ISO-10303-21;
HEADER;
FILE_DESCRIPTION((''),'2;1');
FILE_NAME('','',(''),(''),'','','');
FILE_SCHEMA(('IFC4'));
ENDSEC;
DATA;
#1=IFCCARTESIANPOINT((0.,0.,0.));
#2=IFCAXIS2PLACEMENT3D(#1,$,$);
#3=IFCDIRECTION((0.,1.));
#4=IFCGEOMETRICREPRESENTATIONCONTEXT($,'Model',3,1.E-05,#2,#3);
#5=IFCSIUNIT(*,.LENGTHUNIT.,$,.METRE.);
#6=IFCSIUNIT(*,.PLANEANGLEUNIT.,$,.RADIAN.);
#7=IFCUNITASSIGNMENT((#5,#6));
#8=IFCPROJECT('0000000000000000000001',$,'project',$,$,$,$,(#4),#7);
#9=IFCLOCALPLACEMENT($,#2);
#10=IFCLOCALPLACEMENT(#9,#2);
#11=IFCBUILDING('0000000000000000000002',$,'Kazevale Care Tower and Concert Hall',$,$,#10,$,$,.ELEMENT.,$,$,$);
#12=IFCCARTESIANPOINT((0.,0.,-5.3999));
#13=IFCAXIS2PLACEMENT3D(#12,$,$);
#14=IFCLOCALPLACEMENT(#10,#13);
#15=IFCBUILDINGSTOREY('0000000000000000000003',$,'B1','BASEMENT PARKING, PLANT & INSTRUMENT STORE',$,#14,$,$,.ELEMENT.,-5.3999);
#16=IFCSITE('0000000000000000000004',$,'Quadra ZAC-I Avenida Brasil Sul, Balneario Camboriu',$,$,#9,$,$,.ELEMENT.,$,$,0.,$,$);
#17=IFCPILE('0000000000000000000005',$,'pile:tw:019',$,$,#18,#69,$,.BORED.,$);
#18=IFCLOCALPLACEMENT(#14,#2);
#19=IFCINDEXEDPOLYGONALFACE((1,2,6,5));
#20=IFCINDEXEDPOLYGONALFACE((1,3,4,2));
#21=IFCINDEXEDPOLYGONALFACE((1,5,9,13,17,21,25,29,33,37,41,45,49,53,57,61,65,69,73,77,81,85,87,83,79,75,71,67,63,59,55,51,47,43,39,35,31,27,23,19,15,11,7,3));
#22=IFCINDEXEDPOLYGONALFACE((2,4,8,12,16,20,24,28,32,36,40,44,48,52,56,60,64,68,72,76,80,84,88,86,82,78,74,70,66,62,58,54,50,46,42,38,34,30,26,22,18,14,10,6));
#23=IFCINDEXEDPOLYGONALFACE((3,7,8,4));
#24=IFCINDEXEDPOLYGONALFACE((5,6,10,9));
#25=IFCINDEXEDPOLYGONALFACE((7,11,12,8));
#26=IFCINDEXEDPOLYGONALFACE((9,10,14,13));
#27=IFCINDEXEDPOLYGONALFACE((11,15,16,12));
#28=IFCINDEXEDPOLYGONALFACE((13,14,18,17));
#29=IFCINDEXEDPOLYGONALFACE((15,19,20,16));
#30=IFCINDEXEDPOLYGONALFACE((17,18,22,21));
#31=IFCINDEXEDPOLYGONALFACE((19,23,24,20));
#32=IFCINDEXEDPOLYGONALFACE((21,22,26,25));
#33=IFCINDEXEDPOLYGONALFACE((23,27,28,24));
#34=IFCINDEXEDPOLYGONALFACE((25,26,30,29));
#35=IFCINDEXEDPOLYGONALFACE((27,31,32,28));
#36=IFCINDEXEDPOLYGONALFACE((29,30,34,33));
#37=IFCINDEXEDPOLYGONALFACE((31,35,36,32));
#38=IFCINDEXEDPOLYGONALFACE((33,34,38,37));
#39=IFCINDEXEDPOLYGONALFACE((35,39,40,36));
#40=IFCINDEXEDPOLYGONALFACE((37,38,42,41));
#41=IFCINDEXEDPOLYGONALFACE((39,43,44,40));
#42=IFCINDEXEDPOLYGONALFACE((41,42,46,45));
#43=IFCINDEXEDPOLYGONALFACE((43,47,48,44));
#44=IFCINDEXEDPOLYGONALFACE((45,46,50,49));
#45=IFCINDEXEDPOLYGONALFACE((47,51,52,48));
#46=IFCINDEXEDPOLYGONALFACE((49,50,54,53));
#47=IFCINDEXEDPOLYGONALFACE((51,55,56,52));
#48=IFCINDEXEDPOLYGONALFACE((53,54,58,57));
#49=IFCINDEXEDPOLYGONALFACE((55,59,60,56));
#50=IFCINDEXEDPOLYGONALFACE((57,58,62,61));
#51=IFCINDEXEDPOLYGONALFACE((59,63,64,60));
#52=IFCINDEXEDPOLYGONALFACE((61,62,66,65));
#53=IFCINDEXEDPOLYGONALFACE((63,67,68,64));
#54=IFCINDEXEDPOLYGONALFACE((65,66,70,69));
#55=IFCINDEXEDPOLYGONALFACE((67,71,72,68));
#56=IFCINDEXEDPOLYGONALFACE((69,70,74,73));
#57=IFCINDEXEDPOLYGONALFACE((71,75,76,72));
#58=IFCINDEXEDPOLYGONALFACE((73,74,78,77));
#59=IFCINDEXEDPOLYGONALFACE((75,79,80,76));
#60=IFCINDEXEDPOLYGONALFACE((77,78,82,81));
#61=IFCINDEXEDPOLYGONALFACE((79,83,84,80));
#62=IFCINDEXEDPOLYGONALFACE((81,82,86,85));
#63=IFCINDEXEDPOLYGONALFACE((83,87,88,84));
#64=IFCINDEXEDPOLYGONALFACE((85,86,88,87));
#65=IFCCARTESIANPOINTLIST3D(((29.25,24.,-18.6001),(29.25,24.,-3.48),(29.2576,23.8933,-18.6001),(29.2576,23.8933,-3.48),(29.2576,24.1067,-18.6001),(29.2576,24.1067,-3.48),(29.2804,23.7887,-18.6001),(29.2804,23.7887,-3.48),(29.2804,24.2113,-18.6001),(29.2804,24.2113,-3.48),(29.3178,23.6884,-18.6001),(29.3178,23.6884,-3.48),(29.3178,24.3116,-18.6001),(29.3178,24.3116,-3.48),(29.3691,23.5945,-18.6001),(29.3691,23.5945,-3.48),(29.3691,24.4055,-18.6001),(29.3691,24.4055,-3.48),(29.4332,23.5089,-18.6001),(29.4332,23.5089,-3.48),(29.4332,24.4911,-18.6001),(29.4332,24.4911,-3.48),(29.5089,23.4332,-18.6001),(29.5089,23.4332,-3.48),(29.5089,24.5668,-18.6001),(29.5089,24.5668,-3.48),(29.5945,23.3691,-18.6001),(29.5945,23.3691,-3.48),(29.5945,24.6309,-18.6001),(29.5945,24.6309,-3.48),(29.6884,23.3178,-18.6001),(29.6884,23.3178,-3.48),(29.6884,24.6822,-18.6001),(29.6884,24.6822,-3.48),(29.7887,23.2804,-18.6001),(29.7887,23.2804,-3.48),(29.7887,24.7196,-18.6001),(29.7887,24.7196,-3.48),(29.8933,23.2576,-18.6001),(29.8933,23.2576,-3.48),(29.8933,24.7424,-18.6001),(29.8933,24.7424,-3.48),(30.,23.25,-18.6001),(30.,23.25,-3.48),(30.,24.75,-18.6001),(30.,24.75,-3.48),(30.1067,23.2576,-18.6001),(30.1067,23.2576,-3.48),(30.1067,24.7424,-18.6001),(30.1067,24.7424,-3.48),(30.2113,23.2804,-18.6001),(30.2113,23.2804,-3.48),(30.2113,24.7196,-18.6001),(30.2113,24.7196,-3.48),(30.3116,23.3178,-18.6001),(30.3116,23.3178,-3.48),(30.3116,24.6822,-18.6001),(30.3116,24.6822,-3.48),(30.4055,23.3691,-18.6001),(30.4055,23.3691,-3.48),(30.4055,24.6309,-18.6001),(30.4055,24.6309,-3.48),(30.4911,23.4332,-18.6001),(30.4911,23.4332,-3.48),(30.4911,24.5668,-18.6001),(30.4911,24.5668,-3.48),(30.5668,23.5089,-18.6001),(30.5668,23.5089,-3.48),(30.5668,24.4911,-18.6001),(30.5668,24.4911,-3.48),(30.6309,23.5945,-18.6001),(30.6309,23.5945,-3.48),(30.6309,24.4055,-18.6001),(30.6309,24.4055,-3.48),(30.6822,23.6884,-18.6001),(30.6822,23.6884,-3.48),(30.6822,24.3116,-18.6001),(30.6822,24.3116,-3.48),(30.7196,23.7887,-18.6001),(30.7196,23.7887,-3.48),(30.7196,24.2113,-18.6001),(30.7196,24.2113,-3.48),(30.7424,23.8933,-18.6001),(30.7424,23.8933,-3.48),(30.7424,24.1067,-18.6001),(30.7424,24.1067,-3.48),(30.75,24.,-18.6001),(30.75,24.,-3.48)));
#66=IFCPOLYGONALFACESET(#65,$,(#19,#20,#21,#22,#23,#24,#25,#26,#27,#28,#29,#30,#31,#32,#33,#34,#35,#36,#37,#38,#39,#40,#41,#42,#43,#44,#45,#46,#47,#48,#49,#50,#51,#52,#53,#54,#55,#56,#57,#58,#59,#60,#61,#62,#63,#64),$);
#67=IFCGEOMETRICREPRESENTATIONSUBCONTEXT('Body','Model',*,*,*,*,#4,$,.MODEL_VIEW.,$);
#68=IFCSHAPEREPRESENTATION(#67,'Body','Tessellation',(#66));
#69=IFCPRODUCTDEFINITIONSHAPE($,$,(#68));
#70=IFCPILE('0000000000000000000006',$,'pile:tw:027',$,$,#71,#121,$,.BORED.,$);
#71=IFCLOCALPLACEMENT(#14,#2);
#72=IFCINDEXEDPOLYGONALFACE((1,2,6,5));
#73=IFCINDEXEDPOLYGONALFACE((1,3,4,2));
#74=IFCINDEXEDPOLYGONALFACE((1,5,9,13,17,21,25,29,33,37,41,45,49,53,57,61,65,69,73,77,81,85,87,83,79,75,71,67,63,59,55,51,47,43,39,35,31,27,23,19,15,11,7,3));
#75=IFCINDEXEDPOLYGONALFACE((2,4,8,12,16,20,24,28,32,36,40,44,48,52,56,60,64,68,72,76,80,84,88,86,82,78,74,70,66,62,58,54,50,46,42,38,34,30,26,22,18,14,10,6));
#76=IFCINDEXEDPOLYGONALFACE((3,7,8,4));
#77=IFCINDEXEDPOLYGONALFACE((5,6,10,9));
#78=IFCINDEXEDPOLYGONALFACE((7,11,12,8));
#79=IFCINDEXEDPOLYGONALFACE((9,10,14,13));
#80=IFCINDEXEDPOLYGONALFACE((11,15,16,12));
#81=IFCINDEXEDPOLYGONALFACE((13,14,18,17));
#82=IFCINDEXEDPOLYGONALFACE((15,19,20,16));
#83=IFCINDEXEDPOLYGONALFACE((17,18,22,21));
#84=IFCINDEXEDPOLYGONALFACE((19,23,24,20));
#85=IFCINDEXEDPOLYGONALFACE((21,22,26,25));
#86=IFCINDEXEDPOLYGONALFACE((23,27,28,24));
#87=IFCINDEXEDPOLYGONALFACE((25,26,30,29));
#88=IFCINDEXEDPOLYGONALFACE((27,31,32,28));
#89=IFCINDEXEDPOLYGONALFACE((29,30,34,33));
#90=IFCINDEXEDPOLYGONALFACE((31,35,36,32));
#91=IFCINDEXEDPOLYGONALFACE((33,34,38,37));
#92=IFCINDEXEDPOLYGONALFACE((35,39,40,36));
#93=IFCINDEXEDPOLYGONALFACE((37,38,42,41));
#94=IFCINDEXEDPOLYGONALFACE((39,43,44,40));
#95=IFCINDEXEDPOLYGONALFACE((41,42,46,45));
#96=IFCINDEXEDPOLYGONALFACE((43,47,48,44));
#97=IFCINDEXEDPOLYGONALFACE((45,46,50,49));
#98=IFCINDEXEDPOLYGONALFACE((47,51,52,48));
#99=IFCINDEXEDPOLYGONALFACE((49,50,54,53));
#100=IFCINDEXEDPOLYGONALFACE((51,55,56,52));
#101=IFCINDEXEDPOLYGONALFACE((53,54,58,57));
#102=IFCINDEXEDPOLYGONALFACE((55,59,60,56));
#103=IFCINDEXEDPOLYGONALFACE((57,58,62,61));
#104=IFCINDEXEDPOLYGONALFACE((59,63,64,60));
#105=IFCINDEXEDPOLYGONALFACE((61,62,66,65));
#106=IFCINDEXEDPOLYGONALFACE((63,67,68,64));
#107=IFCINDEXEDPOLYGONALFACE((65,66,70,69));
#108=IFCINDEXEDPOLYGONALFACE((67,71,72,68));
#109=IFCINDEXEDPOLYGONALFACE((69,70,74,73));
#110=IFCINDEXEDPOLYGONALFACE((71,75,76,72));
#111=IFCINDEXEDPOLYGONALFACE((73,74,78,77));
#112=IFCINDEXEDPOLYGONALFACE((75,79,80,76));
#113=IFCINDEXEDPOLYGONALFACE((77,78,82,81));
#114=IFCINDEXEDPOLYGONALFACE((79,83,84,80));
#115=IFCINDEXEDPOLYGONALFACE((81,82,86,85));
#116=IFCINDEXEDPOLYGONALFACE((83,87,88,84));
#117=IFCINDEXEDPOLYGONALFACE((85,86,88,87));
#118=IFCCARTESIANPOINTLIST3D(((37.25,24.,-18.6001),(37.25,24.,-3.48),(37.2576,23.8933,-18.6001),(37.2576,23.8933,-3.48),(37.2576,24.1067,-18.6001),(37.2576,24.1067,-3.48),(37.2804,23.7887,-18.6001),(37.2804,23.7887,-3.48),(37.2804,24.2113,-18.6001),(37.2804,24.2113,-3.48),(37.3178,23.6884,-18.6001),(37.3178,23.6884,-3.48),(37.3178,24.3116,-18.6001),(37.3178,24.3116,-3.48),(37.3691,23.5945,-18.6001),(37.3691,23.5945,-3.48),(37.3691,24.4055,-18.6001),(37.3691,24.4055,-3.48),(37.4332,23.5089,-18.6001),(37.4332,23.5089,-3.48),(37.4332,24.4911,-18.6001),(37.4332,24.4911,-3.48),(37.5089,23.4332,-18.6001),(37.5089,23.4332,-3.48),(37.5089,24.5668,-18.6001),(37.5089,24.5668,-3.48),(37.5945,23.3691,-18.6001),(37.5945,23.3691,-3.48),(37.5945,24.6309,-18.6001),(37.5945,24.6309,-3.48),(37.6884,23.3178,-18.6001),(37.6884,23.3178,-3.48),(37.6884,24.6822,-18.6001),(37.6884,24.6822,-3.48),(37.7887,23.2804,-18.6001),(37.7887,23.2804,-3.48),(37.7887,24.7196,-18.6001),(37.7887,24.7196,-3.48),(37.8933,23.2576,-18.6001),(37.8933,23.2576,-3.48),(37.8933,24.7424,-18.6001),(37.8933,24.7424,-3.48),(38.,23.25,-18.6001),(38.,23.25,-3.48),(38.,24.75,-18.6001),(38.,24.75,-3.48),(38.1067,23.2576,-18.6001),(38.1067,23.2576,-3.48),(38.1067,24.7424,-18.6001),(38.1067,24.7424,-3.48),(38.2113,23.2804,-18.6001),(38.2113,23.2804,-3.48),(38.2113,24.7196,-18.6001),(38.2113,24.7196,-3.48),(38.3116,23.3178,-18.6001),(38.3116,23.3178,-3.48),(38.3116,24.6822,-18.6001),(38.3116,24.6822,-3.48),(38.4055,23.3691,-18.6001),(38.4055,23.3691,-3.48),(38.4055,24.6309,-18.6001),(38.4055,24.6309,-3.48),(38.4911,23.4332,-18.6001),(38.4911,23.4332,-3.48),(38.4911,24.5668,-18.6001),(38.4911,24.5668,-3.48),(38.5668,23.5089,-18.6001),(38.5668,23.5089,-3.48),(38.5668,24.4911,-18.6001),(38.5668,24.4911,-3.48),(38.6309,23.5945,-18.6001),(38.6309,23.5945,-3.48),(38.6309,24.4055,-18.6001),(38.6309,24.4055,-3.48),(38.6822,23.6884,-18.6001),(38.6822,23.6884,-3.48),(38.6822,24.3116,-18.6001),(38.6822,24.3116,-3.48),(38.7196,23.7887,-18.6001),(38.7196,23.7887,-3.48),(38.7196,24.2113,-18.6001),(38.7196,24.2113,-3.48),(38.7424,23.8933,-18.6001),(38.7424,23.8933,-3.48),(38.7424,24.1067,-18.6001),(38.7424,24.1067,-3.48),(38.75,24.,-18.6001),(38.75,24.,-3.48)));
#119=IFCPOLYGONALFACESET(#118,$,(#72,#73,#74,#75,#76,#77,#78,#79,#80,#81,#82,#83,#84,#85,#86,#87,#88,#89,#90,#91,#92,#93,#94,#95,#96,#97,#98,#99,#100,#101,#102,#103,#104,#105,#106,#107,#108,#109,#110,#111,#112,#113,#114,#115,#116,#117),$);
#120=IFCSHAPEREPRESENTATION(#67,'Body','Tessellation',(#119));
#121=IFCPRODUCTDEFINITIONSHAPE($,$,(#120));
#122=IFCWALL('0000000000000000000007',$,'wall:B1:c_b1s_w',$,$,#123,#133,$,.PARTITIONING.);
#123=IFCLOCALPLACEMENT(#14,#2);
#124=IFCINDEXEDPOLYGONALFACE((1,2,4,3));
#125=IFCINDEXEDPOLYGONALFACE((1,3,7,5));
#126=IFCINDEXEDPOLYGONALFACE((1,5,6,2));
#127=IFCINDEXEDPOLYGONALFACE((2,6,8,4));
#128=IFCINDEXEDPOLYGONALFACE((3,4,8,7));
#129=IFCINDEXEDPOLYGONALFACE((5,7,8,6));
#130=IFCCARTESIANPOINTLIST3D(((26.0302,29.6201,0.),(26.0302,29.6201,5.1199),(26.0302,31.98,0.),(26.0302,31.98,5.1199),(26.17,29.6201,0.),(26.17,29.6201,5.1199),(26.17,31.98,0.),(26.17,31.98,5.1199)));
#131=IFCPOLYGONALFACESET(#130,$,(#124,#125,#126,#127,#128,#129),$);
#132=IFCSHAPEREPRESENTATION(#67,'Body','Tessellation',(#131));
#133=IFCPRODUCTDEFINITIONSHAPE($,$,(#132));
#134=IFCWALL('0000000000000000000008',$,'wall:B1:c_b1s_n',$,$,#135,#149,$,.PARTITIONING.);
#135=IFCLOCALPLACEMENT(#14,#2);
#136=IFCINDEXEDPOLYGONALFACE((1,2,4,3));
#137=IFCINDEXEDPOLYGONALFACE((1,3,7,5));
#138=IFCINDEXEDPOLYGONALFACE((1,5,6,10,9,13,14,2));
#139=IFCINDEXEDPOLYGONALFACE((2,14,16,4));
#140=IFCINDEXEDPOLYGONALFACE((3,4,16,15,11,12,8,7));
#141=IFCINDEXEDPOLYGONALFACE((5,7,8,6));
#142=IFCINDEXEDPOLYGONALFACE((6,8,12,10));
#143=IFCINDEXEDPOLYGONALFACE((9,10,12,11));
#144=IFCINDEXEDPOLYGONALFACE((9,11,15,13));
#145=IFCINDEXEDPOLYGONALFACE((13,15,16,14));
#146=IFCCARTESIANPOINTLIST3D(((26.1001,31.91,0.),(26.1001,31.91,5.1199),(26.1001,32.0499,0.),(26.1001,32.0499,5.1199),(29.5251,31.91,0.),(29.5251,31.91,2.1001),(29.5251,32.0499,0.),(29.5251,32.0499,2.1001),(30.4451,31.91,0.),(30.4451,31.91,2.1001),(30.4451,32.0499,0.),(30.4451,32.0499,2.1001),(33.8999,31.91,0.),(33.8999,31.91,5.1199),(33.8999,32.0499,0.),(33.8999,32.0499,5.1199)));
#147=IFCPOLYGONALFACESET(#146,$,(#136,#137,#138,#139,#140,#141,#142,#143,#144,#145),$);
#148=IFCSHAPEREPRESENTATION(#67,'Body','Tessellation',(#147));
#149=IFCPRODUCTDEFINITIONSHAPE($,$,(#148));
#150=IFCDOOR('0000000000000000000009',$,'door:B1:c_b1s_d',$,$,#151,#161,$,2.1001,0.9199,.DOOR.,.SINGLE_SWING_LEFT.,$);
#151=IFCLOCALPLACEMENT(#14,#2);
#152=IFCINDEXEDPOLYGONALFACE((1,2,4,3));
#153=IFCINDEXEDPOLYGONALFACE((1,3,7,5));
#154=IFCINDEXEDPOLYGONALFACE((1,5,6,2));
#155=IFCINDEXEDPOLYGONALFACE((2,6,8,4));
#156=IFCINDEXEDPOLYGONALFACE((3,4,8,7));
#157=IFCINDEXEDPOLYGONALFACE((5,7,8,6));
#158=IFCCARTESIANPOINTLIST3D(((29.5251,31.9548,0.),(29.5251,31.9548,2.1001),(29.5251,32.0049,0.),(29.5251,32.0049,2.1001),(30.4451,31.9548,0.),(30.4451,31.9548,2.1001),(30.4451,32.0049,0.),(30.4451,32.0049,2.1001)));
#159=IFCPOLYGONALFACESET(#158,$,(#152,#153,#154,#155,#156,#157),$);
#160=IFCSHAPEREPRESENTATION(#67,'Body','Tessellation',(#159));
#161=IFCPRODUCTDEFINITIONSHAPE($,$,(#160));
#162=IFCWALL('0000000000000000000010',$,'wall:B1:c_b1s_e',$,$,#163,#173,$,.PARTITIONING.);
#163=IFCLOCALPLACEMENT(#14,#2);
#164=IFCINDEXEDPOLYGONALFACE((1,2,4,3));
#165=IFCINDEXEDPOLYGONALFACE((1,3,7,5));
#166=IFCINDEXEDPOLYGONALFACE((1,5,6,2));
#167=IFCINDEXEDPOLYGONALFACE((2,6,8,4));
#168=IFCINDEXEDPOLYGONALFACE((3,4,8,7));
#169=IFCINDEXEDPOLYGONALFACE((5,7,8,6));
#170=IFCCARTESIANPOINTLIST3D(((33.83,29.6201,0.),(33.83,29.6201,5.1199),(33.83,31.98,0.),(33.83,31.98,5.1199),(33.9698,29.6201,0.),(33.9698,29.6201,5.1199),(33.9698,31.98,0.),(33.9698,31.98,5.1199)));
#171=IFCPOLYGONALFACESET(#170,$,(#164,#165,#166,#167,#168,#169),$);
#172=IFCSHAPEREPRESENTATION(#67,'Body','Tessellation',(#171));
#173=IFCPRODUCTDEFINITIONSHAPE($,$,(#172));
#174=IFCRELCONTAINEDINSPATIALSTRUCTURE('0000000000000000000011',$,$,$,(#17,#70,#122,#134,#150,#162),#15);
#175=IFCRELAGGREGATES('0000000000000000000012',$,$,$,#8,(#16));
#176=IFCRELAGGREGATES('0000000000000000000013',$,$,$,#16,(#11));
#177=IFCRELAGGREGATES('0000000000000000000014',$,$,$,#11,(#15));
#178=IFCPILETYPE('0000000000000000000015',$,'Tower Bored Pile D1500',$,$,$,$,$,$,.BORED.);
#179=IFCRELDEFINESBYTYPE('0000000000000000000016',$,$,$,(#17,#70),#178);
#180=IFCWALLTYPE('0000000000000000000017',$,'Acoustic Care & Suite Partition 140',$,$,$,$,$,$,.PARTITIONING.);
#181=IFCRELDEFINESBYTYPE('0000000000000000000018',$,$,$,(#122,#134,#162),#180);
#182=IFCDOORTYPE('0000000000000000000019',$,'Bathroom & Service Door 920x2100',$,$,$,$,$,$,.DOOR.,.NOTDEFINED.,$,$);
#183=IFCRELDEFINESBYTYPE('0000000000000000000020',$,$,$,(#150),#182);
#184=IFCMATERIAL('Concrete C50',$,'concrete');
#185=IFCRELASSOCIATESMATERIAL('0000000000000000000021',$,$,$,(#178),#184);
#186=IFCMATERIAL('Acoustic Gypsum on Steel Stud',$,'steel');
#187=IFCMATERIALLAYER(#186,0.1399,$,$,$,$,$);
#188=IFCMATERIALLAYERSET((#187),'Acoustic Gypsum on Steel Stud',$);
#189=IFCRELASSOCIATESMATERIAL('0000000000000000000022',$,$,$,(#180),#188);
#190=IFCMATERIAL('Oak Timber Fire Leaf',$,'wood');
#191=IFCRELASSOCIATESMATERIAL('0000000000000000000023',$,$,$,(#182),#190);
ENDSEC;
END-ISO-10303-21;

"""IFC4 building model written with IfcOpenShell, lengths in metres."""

from ifc_helpers import new_model, si_unit, direction, frame, frame_2d, origin, origin_2d, place, context, subcontext, project, spatial, rectangle, circle, extrude, material, layer, layer_set, material_profile, profile_set, type_object, element, fill, save


model = new_model("IFC4")

# Units and contexts
model_context = context("Model", 3, precision=1e-05, world=origin(), true_north=direction((0.0, 1.0)))
body_context = subcontext(model_context, "Body", "Model", "MODEL_VIEW")
ifc_project = project(units=[si_unit("LENGTHUNIT", "METRE"), si_unit("PLANEANGLEUNIT", "RADIAN")], contexts=[model_context])

# Site, building, storey
site_placement = place(None, origin())
site = spatial("IfcSite", under=ifc_project, at=site_placement, Name="Quadra ZAC-I Avenida Brasil Sul, Balneario Camboriu", CompositionType="ELEMENT", RefElevation=0.0)
building_placement = place(site_placement, origin())
building = spatial("IfcBuilding", under=site, at=building_placement, Name="Kazevale Care Tower and Concert Hall", CompositionType="ELEMENT")
storey_placement = place(building_placement, frame((0.0, 0.0, -5.3999)))
storey = spatial("IfcBuildingStorey", under=building, at=storey_placement, Name="B1", Description="BASEMENT PARKING, PLANT & INSTRUMENT STORE", CompositionType="ELEMENT", Elevation=-5.3999)

# Piles
ifc_material_1 = material(Name="Concrete C50", Category="concrete")
ifc_material_profile = material_profile(ifc_material_1, circle(Radius=0.75, at=origin_2d()), Name="PILE-D1500")
ifc_profile_set = profile_set([ifc_material_profile], Name="Concrete C50")
pile_type = type_object("IfcPileType", Name="Tower Bored Pile D1500", PredefinedType="BORED", material=ifc_profile_set)
for number, where, z_axis, x_axis, name in (
    (1, (30.0, 24.0, -3.48), (0.0, 0.0, -1.0), (1.0, 0.0, 0.0), "pile:tw:019"),
    (2, (38.0, 24.0, -3.48), (0.0, 0.0, -1.0), (1.0, 0.0, 0.0), "pile:tw:027"),
):
    element("IfcPile", number, at=place(storey_placement, frame(where, z_axis=z_axis, x_axis=x_axis)), inside=storey, type_object=pile_type, Name=name, PredefinedType="BORED", context=body_context, shape_type="SweptSolid", body=[
        extrude(circle(Radius=0.75, at=origin_2d()), origin(), (0.0, 0.0, 1.0), 15.1201),
    ])

# Wall
ifc_material_2 = material(Name="Acoustic Gypsum on Steel Stud", Category="steel")
ifc_layer_1 = layer(ifc_material_2, 0.1399)
ifc_layer_set_1 = layer_set([ifc_layer_1], Name="Acoustic Gypsum on Steel Stud")
wall_type_1 = type_object("IfcWallType", Name="Acoustic Care & Suite Partition 140", PredefinedType="PARTITIONING", material=ifc_layer_set_1)
wall_1_placement = place(storey_placement, frame((26.1001, 29.6201, 0.0), z_axis=(0.0, 0.0, 1.0), x_axis=(0.0, 1.0, 0.0)))
element("IfcWall", 3, at=wall_1_placement, inside=storey, type_object=wall_type_1, Name="wall:B1:c_b1s_w", PredefinedType="PARTITIONING", context=body_context, shape_type="SweptSolid", body=[
    extrude(rectangle(XDim=2.3599, YDim=0.1399, at=frame_2d((1.1799, 0.0))), origin(), (0.0, 0.0, 1.0), 5.1199),
])

# Wall, opening, door
wall_2_placement = place(storey_placement, frame((26.1001, 31.98, 0.0), z_axis=(0.0, 0.0, 1.0), x_axis=(1.0, 0.0, 0.0)))
wall_2 = element("IfcWall", 4, at=wall_2_placement, inside=storey, type_object=wall_type_1, Name="wall:B1:c_b1s_n", PredefinedType="PARTITIONING", context=body_context, shape_type="SweptSolid", body=[
    extrude(rectangle(XDim=7.7998, YDim=0.1399, at=frame_2d((3.8999, 0.0))), origin(), (0.0, 0.0, 1.0), 5.1199),
])
opening_1_placement = place(wall_2_placement, frame((3.425, 0.0, 0.0)))
opening_1 = element("IfcOpeningElement", 5, at=opening_1_placement, cuts=wall_2, PredefinedType="OPENING", context=body_context, shape_type="SweptSolid", body=[
    extrude(rectangle(XDim=0.9199, YDim=2.1001, at=frame_2d((0.46, 1.05))), frame((0.0, 0.0798, 0.0), z_axis=(0.0, -1.0, 0.0), x_axis=(1.0, 0.0, 0.0)), (0.0, 0.0, 1.0), 0.1599),
])
ifc_material_3 = material(Name="Oak Timber Fire Leaf", Category="wood")
door_type_1 = type_object("IfcDoorType", Name="Bathroom & Service Door 920x2100", OperationType="NOTDEFINED", PredefinedType="DOOR", material=ifc_material_3)
door_1_placement = place(opening_1_placement, origin())
door_1 = element("IfcDoor", 6, at=door_1_placement, inside=storey, type_object=door_type_1, Name="door:B1:c_b1s_d", OperationType="SINGLE_SWING_LEFT", OverallHeight=2.1001, OverallWidth=0.9199, PredefinedType="DOOR", context=body_context, shape_type="SweptSolid", body=[
    extrude(rectangle(XDim=0.9199, YDim=2.1001, at=frame_2d((0.46, 1.05))), frame((0.0, 0.0249, 0.0), z_axis=(0.0, -1.0, 0.0), x_axis=(1.0, 0.0, 0.0)), (0.0, 0.0, 1.0), 0.05),
])
fill(opening_1, door_1)

# Wall
wall_3_placement = place(storey_placement, frame((33.8999, 29.6201, 0.0), z_axis=(0.0, 0.0, 1.0), x_axis=(0.0, 1.0, 0.0)))
element("IfcWall", 7, at=wall_3_placement, inside=storey, type_object=wall_type_1, Name="wall:B1:c_b1s_e", PredefinedType="PARTITIONING", context=body_context, shape_type="SweptSolid", body=[
    extrude(rectangle(XDim=2.3599, YDim=0.1399, at=frame_2d((1.1799, 0.0))), origin(), (0.0, 0.0, 1.0), 5.1199),
])

save(model, "model.ifc")
